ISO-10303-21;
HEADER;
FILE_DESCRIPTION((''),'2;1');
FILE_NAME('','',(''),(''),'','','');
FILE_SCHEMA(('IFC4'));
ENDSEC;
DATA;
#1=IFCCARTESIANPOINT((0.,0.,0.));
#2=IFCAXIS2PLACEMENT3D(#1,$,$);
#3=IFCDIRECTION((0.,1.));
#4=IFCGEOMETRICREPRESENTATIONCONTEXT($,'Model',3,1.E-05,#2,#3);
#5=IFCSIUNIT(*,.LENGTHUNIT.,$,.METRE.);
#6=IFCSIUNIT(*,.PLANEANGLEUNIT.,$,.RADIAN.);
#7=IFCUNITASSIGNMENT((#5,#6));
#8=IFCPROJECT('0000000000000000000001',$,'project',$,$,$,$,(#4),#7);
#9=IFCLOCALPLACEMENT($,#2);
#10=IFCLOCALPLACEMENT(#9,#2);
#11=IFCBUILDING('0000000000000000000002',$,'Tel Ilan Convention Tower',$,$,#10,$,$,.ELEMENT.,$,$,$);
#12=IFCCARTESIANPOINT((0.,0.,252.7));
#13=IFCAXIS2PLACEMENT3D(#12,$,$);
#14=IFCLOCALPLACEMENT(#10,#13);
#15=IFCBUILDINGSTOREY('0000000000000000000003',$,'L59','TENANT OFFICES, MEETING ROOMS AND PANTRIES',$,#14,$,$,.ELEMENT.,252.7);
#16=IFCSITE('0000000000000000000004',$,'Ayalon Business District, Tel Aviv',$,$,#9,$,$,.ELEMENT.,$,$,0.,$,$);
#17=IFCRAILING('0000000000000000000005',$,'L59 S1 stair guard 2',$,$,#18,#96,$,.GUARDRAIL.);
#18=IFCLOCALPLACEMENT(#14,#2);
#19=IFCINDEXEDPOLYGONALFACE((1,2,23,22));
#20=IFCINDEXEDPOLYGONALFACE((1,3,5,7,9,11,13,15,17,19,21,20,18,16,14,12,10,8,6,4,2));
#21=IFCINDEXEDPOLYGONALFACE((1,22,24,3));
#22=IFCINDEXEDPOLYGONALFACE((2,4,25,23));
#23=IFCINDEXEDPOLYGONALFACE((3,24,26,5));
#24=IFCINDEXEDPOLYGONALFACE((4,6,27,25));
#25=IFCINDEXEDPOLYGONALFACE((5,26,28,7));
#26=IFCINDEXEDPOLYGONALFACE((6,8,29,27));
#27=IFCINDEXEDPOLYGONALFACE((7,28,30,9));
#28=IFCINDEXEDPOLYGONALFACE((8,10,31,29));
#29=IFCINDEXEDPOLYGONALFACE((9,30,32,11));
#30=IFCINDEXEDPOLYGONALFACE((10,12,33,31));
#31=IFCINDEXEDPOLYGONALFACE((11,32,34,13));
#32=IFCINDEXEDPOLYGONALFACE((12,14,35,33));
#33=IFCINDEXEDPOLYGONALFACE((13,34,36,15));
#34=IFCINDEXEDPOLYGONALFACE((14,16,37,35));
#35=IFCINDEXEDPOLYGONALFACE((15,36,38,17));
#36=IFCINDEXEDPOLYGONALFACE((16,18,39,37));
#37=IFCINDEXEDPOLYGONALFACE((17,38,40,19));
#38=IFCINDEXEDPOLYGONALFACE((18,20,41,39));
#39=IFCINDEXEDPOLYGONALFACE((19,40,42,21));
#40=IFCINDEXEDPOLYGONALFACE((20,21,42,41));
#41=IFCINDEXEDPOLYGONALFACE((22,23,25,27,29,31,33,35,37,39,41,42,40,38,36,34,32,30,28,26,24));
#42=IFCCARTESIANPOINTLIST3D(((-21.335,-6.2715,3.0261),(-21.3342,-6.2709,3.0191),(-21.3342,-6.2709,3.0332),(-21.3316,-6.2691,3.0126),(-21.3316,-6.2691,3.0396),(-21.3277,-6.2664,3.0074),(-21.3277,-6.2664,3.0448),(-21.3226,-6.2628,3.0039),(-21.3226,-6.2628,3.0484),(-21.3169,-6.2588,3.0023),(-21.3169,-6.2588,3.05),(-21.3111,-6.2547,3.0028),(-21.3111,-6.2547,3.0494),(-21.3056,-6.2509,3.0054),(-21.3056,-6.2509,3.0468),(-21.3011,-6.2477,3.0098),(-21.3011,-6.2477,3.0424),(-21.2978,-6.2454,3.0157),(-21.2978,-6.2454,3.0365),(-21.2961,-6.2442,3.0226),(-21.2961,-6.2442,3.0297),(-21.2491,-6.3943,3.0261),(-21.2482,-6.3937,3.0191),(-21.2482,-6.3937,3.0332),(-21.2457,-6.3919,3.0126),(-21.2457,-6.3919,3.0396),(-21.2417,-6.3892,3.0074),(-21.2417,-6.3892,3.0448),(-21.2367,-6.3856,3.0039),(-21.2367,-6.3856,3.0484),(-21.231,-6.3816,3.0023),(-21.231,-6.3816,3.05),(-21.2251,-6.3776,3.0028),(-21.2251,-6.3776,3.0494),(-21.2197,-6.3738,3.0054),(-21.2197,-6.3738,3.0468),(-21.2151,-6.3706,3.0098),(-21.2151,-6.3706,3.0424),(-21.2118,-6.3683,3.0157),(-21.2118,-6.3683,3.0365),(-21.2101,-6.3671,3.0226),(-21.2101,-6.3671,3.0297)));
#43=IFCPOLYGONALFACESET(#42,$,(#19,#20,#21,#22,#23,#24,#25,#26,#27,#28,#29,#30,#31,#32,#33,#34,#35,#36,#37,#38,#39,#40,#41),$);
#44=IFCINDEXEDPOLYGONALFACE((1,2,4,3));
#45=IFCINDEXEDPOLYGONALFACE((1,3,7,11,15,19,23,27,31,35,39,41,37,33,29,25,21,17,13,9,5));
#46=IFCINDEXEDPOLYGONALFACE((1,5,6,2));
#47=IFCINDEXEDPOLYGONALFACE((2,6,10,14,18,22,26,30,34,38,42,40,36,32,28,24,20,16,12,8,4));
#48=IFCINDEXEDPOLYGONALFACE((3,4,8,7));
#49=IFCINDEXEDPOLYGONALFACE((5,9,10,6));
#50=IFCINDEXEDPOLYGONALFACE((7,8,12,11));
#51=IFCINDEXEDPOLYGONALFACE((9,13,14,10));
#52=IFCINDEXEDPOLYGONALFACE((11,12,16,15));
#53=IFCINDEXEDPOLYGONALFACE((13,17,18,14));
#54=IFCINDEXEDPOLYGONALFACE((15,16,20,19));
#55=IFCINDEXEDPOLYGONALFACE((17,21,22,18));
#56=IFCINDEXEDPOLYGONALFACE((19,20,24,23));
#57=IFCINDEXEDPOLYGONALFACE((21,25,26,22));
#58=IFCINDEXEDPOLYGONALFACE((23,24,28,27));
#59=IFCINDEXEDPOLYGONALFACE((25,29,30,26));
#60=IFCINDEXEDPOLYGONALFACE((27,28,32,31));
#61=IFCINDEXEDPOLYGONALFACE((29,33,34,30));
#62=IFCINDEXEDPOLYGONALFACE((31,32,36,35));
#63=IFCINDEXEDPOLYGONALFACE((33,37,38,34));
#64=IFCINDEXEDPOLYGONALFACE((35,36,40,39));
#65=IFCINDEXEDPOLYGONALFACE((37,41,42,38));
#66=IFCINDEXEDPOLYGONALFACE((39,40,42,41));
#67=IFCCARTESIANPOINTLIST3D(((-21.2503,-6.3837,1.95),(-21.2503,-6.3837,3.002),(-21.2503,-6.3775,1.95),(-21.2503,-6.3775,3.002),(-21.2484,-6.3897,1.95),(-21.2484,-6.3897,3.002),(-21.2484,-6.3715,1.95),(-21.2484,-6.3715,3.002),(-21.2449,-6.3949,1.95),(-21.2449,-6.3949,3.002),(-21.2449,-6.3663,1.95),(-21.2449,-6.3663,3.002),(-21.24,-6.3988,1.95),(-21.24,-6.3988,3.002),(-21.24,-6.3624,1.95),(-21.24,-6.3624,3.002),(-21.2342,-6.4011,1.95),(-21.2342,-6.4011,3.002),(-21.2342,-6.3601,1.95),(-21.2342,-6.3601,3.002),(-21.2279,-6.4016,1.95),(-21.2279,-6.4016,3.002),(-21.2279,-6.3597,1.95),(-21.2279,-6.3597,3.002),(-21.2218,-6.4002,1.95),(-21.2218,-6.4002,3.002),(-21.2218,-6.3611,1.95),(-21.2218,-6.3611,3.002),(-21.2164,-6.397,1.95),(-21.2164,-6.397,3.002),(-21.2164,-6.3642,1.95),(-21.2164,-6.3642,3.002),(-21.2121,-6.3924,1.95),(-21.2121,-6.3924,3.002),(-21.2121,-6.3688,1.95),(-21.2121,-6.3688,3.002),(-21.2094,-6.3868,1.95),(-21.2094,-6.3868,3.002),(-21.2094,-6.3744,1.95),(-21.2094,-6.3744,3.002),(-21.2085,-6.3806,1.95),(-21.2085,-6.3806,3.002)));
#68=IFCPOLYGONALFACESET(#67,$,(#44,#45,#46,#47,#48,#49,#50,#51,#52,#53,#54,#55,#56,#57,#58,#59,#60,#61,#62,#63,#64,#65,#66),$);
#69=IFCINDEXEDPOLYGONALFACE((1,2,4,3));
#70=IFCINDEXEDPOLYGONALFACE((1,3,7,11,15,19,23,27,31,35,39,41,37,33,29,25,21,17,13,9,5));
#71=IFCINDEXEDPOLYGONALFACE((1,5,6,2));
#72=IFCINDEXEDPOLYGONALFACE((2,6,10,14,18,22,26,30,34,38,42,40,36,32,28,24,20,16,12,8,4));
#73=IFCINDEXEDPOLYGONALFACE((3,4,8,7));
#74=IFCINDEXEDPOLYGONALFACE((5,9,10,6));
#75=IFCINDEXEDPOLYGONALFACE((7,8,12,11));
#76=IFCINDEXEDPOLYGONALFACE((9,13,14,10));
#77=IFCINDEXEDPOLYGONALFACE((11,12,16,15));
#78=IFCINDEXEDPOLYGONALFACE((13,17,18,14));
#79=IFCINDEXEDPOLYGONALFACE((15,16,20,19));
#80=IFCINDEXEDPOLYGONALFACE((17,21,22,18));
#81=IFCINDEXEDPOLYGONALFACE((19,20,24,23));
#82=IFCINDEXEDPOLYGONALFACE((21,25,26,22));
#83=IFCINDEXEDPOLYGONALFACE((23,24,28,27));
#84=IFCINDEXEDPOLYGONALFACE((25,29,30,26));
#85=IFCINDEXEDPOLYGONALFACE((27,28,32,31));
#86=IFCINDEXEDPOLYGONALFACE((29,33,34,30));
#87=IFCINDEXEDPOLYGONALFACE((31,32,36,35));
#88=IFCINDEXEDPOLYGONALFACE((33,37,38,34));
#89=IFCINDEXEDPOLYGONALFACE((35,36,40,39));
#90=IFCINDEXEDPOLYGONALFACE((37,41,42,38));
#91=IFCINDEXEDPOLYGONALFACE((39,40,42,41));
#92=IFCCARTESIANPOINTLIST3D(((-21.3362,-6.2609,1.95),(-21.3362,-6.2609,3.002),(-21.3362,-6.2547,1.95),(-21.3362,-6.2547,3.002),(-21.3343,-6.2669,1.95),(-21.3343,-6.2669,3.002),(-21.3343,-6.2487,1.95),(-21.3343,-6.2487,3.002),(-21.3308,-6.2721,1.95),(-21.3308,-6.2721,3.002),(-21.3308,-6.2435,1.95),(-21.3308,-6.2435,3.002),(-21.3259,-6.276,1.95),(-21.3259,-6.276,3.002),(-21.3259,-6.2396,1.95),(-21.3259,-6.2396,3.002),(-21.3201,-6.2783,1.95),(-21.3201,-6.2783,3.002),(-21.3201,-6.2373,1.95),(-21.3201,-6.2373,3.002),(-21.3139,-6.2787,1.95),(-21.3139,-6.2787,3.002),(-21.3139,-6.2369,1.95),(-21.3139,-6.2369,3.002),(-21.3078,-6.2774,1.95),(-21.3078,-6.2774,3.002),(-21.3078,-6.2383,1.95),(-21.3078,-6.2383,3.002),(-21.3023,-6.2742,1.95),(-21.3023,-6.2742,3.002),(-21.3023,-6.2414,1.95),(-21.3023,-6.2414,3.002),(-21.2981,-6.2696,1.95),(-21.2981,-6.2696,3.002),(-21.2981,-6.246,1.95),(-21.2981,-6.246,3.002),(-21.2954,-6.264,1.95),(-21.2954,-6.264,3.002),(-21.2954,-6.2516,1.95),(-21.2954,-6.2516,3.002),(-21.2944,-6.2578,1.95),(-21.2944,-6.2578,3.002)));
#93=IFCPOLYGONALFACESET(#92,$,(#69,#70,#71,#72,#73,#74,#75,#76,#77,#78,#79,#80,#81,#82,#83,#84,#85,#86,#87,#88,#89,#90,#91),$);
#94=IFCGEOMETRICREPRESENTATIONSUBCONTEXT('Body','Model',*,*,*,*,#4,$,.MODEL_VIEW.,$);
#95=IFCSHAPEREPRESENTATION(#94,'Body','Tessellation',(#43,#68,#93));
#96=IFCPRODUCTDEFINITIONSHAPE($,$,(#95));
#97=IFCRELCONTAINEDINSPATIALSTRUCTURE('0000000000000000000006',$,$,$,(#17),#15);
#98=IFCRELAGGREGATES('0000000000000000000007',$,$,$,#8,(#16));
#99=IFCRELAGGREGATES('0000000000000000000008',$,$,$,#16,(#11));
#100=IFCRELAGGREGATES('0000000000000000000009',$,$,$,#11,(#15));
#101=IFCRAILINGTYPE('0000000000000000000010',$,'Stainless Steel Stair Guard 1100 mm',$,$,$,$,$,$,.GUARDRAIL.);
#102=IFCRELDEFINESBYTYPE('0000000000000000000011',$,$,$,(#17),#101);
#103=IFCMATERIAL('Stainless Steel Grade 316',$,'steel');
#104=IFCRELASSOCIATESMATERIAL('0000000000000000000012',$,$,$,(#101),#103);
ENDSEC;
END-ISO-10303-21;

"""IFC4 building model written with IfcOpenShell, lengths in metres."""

from ifc_helpers import new_model, si_unit, direction, frame, origin, origin_2d, place, context, subcontext, project, spatial, circle, extrude, material, type_object, element, save


model = new_model("IFC4")

# Units and contexts
model_context = context("Model", 3, precision=1e-05, world=origin(), true_north=direction((0.0, 1.0)))
body_context = subcontext(model_context, "Body", "Model", "MODEL_VIEW")
ifc_project = project(units=[si_unit("LENGTHUNIT", "METRE"), si_unit("PLANEANGLEUNIT", "RADIAN")], contexts=[model_context])

# Site, building, storey
site_placement = place(None, origin())
site = spatial("IfcSite", under=ifc_project, at=site_placement, Name="Ayalon Business District, Tel Aviv", CompositionType="ELEMENT", RefElevation=0.0)
building_placement = place(site_placement, origin())
building = spatial("IfcBuilding", under=site, at=building_placement, Name="Tel Ilan Convention Tower", CompositionType="ELEMENT")
storey_placement = place(building_placement, frame((0.0, 0.0, 252.7)))
storey = spatial("IfcBuildingStorey", under=building, at=storey_placement, Name="L59", Description="TENANT OFFICES, MEETING ROOMS AND PANTRIES", CompositionType="ELEMENT", Elevation=252.7)

# Railing
ifc_material_1 = material(Name="Stainless Steel Grade 316", Category="steel")
railing_type_1 = type_object("IfcRailingType", Name="Stainless Steel Stair Guard 1100 mm", PredefinedType="GUARDRAIL", material=ifc_material_1)
railing_1_placement = place(storey_placement, frame((-21.2295, -6.3806, 1.95)))
element("IfcRailing", 1, at=railing_1_placement, inside=storey, type_object=railing_type_1, Name="L59 S1 stair guard 2", PredefinedType="GUARDRAIL", context=body_context, shape_type="SweptSolid", body=[
    extrude(circle(Radius=0.0239, at=origin_2d()), frame((0.0, 0.0, 1.0762), z_axis=(-0.573353, 0.819308, 0.0), x_axis=(-0.819308, -0.573353, 0.0)), (0.0, 0.0, 1.0), 0.1499),
    extrude(circle(Radius=0.021, at=origin_2d()), origin(), (0.0, 0.0, 1.0), 1.052),
    extrude(circle(Radius=0.021, at=origin_2d()), frame((-0.0859, 0.1228, 0.0)), (0.0, 0.0, 1.0), 1.052),
])

save(model, "model.ifc")
